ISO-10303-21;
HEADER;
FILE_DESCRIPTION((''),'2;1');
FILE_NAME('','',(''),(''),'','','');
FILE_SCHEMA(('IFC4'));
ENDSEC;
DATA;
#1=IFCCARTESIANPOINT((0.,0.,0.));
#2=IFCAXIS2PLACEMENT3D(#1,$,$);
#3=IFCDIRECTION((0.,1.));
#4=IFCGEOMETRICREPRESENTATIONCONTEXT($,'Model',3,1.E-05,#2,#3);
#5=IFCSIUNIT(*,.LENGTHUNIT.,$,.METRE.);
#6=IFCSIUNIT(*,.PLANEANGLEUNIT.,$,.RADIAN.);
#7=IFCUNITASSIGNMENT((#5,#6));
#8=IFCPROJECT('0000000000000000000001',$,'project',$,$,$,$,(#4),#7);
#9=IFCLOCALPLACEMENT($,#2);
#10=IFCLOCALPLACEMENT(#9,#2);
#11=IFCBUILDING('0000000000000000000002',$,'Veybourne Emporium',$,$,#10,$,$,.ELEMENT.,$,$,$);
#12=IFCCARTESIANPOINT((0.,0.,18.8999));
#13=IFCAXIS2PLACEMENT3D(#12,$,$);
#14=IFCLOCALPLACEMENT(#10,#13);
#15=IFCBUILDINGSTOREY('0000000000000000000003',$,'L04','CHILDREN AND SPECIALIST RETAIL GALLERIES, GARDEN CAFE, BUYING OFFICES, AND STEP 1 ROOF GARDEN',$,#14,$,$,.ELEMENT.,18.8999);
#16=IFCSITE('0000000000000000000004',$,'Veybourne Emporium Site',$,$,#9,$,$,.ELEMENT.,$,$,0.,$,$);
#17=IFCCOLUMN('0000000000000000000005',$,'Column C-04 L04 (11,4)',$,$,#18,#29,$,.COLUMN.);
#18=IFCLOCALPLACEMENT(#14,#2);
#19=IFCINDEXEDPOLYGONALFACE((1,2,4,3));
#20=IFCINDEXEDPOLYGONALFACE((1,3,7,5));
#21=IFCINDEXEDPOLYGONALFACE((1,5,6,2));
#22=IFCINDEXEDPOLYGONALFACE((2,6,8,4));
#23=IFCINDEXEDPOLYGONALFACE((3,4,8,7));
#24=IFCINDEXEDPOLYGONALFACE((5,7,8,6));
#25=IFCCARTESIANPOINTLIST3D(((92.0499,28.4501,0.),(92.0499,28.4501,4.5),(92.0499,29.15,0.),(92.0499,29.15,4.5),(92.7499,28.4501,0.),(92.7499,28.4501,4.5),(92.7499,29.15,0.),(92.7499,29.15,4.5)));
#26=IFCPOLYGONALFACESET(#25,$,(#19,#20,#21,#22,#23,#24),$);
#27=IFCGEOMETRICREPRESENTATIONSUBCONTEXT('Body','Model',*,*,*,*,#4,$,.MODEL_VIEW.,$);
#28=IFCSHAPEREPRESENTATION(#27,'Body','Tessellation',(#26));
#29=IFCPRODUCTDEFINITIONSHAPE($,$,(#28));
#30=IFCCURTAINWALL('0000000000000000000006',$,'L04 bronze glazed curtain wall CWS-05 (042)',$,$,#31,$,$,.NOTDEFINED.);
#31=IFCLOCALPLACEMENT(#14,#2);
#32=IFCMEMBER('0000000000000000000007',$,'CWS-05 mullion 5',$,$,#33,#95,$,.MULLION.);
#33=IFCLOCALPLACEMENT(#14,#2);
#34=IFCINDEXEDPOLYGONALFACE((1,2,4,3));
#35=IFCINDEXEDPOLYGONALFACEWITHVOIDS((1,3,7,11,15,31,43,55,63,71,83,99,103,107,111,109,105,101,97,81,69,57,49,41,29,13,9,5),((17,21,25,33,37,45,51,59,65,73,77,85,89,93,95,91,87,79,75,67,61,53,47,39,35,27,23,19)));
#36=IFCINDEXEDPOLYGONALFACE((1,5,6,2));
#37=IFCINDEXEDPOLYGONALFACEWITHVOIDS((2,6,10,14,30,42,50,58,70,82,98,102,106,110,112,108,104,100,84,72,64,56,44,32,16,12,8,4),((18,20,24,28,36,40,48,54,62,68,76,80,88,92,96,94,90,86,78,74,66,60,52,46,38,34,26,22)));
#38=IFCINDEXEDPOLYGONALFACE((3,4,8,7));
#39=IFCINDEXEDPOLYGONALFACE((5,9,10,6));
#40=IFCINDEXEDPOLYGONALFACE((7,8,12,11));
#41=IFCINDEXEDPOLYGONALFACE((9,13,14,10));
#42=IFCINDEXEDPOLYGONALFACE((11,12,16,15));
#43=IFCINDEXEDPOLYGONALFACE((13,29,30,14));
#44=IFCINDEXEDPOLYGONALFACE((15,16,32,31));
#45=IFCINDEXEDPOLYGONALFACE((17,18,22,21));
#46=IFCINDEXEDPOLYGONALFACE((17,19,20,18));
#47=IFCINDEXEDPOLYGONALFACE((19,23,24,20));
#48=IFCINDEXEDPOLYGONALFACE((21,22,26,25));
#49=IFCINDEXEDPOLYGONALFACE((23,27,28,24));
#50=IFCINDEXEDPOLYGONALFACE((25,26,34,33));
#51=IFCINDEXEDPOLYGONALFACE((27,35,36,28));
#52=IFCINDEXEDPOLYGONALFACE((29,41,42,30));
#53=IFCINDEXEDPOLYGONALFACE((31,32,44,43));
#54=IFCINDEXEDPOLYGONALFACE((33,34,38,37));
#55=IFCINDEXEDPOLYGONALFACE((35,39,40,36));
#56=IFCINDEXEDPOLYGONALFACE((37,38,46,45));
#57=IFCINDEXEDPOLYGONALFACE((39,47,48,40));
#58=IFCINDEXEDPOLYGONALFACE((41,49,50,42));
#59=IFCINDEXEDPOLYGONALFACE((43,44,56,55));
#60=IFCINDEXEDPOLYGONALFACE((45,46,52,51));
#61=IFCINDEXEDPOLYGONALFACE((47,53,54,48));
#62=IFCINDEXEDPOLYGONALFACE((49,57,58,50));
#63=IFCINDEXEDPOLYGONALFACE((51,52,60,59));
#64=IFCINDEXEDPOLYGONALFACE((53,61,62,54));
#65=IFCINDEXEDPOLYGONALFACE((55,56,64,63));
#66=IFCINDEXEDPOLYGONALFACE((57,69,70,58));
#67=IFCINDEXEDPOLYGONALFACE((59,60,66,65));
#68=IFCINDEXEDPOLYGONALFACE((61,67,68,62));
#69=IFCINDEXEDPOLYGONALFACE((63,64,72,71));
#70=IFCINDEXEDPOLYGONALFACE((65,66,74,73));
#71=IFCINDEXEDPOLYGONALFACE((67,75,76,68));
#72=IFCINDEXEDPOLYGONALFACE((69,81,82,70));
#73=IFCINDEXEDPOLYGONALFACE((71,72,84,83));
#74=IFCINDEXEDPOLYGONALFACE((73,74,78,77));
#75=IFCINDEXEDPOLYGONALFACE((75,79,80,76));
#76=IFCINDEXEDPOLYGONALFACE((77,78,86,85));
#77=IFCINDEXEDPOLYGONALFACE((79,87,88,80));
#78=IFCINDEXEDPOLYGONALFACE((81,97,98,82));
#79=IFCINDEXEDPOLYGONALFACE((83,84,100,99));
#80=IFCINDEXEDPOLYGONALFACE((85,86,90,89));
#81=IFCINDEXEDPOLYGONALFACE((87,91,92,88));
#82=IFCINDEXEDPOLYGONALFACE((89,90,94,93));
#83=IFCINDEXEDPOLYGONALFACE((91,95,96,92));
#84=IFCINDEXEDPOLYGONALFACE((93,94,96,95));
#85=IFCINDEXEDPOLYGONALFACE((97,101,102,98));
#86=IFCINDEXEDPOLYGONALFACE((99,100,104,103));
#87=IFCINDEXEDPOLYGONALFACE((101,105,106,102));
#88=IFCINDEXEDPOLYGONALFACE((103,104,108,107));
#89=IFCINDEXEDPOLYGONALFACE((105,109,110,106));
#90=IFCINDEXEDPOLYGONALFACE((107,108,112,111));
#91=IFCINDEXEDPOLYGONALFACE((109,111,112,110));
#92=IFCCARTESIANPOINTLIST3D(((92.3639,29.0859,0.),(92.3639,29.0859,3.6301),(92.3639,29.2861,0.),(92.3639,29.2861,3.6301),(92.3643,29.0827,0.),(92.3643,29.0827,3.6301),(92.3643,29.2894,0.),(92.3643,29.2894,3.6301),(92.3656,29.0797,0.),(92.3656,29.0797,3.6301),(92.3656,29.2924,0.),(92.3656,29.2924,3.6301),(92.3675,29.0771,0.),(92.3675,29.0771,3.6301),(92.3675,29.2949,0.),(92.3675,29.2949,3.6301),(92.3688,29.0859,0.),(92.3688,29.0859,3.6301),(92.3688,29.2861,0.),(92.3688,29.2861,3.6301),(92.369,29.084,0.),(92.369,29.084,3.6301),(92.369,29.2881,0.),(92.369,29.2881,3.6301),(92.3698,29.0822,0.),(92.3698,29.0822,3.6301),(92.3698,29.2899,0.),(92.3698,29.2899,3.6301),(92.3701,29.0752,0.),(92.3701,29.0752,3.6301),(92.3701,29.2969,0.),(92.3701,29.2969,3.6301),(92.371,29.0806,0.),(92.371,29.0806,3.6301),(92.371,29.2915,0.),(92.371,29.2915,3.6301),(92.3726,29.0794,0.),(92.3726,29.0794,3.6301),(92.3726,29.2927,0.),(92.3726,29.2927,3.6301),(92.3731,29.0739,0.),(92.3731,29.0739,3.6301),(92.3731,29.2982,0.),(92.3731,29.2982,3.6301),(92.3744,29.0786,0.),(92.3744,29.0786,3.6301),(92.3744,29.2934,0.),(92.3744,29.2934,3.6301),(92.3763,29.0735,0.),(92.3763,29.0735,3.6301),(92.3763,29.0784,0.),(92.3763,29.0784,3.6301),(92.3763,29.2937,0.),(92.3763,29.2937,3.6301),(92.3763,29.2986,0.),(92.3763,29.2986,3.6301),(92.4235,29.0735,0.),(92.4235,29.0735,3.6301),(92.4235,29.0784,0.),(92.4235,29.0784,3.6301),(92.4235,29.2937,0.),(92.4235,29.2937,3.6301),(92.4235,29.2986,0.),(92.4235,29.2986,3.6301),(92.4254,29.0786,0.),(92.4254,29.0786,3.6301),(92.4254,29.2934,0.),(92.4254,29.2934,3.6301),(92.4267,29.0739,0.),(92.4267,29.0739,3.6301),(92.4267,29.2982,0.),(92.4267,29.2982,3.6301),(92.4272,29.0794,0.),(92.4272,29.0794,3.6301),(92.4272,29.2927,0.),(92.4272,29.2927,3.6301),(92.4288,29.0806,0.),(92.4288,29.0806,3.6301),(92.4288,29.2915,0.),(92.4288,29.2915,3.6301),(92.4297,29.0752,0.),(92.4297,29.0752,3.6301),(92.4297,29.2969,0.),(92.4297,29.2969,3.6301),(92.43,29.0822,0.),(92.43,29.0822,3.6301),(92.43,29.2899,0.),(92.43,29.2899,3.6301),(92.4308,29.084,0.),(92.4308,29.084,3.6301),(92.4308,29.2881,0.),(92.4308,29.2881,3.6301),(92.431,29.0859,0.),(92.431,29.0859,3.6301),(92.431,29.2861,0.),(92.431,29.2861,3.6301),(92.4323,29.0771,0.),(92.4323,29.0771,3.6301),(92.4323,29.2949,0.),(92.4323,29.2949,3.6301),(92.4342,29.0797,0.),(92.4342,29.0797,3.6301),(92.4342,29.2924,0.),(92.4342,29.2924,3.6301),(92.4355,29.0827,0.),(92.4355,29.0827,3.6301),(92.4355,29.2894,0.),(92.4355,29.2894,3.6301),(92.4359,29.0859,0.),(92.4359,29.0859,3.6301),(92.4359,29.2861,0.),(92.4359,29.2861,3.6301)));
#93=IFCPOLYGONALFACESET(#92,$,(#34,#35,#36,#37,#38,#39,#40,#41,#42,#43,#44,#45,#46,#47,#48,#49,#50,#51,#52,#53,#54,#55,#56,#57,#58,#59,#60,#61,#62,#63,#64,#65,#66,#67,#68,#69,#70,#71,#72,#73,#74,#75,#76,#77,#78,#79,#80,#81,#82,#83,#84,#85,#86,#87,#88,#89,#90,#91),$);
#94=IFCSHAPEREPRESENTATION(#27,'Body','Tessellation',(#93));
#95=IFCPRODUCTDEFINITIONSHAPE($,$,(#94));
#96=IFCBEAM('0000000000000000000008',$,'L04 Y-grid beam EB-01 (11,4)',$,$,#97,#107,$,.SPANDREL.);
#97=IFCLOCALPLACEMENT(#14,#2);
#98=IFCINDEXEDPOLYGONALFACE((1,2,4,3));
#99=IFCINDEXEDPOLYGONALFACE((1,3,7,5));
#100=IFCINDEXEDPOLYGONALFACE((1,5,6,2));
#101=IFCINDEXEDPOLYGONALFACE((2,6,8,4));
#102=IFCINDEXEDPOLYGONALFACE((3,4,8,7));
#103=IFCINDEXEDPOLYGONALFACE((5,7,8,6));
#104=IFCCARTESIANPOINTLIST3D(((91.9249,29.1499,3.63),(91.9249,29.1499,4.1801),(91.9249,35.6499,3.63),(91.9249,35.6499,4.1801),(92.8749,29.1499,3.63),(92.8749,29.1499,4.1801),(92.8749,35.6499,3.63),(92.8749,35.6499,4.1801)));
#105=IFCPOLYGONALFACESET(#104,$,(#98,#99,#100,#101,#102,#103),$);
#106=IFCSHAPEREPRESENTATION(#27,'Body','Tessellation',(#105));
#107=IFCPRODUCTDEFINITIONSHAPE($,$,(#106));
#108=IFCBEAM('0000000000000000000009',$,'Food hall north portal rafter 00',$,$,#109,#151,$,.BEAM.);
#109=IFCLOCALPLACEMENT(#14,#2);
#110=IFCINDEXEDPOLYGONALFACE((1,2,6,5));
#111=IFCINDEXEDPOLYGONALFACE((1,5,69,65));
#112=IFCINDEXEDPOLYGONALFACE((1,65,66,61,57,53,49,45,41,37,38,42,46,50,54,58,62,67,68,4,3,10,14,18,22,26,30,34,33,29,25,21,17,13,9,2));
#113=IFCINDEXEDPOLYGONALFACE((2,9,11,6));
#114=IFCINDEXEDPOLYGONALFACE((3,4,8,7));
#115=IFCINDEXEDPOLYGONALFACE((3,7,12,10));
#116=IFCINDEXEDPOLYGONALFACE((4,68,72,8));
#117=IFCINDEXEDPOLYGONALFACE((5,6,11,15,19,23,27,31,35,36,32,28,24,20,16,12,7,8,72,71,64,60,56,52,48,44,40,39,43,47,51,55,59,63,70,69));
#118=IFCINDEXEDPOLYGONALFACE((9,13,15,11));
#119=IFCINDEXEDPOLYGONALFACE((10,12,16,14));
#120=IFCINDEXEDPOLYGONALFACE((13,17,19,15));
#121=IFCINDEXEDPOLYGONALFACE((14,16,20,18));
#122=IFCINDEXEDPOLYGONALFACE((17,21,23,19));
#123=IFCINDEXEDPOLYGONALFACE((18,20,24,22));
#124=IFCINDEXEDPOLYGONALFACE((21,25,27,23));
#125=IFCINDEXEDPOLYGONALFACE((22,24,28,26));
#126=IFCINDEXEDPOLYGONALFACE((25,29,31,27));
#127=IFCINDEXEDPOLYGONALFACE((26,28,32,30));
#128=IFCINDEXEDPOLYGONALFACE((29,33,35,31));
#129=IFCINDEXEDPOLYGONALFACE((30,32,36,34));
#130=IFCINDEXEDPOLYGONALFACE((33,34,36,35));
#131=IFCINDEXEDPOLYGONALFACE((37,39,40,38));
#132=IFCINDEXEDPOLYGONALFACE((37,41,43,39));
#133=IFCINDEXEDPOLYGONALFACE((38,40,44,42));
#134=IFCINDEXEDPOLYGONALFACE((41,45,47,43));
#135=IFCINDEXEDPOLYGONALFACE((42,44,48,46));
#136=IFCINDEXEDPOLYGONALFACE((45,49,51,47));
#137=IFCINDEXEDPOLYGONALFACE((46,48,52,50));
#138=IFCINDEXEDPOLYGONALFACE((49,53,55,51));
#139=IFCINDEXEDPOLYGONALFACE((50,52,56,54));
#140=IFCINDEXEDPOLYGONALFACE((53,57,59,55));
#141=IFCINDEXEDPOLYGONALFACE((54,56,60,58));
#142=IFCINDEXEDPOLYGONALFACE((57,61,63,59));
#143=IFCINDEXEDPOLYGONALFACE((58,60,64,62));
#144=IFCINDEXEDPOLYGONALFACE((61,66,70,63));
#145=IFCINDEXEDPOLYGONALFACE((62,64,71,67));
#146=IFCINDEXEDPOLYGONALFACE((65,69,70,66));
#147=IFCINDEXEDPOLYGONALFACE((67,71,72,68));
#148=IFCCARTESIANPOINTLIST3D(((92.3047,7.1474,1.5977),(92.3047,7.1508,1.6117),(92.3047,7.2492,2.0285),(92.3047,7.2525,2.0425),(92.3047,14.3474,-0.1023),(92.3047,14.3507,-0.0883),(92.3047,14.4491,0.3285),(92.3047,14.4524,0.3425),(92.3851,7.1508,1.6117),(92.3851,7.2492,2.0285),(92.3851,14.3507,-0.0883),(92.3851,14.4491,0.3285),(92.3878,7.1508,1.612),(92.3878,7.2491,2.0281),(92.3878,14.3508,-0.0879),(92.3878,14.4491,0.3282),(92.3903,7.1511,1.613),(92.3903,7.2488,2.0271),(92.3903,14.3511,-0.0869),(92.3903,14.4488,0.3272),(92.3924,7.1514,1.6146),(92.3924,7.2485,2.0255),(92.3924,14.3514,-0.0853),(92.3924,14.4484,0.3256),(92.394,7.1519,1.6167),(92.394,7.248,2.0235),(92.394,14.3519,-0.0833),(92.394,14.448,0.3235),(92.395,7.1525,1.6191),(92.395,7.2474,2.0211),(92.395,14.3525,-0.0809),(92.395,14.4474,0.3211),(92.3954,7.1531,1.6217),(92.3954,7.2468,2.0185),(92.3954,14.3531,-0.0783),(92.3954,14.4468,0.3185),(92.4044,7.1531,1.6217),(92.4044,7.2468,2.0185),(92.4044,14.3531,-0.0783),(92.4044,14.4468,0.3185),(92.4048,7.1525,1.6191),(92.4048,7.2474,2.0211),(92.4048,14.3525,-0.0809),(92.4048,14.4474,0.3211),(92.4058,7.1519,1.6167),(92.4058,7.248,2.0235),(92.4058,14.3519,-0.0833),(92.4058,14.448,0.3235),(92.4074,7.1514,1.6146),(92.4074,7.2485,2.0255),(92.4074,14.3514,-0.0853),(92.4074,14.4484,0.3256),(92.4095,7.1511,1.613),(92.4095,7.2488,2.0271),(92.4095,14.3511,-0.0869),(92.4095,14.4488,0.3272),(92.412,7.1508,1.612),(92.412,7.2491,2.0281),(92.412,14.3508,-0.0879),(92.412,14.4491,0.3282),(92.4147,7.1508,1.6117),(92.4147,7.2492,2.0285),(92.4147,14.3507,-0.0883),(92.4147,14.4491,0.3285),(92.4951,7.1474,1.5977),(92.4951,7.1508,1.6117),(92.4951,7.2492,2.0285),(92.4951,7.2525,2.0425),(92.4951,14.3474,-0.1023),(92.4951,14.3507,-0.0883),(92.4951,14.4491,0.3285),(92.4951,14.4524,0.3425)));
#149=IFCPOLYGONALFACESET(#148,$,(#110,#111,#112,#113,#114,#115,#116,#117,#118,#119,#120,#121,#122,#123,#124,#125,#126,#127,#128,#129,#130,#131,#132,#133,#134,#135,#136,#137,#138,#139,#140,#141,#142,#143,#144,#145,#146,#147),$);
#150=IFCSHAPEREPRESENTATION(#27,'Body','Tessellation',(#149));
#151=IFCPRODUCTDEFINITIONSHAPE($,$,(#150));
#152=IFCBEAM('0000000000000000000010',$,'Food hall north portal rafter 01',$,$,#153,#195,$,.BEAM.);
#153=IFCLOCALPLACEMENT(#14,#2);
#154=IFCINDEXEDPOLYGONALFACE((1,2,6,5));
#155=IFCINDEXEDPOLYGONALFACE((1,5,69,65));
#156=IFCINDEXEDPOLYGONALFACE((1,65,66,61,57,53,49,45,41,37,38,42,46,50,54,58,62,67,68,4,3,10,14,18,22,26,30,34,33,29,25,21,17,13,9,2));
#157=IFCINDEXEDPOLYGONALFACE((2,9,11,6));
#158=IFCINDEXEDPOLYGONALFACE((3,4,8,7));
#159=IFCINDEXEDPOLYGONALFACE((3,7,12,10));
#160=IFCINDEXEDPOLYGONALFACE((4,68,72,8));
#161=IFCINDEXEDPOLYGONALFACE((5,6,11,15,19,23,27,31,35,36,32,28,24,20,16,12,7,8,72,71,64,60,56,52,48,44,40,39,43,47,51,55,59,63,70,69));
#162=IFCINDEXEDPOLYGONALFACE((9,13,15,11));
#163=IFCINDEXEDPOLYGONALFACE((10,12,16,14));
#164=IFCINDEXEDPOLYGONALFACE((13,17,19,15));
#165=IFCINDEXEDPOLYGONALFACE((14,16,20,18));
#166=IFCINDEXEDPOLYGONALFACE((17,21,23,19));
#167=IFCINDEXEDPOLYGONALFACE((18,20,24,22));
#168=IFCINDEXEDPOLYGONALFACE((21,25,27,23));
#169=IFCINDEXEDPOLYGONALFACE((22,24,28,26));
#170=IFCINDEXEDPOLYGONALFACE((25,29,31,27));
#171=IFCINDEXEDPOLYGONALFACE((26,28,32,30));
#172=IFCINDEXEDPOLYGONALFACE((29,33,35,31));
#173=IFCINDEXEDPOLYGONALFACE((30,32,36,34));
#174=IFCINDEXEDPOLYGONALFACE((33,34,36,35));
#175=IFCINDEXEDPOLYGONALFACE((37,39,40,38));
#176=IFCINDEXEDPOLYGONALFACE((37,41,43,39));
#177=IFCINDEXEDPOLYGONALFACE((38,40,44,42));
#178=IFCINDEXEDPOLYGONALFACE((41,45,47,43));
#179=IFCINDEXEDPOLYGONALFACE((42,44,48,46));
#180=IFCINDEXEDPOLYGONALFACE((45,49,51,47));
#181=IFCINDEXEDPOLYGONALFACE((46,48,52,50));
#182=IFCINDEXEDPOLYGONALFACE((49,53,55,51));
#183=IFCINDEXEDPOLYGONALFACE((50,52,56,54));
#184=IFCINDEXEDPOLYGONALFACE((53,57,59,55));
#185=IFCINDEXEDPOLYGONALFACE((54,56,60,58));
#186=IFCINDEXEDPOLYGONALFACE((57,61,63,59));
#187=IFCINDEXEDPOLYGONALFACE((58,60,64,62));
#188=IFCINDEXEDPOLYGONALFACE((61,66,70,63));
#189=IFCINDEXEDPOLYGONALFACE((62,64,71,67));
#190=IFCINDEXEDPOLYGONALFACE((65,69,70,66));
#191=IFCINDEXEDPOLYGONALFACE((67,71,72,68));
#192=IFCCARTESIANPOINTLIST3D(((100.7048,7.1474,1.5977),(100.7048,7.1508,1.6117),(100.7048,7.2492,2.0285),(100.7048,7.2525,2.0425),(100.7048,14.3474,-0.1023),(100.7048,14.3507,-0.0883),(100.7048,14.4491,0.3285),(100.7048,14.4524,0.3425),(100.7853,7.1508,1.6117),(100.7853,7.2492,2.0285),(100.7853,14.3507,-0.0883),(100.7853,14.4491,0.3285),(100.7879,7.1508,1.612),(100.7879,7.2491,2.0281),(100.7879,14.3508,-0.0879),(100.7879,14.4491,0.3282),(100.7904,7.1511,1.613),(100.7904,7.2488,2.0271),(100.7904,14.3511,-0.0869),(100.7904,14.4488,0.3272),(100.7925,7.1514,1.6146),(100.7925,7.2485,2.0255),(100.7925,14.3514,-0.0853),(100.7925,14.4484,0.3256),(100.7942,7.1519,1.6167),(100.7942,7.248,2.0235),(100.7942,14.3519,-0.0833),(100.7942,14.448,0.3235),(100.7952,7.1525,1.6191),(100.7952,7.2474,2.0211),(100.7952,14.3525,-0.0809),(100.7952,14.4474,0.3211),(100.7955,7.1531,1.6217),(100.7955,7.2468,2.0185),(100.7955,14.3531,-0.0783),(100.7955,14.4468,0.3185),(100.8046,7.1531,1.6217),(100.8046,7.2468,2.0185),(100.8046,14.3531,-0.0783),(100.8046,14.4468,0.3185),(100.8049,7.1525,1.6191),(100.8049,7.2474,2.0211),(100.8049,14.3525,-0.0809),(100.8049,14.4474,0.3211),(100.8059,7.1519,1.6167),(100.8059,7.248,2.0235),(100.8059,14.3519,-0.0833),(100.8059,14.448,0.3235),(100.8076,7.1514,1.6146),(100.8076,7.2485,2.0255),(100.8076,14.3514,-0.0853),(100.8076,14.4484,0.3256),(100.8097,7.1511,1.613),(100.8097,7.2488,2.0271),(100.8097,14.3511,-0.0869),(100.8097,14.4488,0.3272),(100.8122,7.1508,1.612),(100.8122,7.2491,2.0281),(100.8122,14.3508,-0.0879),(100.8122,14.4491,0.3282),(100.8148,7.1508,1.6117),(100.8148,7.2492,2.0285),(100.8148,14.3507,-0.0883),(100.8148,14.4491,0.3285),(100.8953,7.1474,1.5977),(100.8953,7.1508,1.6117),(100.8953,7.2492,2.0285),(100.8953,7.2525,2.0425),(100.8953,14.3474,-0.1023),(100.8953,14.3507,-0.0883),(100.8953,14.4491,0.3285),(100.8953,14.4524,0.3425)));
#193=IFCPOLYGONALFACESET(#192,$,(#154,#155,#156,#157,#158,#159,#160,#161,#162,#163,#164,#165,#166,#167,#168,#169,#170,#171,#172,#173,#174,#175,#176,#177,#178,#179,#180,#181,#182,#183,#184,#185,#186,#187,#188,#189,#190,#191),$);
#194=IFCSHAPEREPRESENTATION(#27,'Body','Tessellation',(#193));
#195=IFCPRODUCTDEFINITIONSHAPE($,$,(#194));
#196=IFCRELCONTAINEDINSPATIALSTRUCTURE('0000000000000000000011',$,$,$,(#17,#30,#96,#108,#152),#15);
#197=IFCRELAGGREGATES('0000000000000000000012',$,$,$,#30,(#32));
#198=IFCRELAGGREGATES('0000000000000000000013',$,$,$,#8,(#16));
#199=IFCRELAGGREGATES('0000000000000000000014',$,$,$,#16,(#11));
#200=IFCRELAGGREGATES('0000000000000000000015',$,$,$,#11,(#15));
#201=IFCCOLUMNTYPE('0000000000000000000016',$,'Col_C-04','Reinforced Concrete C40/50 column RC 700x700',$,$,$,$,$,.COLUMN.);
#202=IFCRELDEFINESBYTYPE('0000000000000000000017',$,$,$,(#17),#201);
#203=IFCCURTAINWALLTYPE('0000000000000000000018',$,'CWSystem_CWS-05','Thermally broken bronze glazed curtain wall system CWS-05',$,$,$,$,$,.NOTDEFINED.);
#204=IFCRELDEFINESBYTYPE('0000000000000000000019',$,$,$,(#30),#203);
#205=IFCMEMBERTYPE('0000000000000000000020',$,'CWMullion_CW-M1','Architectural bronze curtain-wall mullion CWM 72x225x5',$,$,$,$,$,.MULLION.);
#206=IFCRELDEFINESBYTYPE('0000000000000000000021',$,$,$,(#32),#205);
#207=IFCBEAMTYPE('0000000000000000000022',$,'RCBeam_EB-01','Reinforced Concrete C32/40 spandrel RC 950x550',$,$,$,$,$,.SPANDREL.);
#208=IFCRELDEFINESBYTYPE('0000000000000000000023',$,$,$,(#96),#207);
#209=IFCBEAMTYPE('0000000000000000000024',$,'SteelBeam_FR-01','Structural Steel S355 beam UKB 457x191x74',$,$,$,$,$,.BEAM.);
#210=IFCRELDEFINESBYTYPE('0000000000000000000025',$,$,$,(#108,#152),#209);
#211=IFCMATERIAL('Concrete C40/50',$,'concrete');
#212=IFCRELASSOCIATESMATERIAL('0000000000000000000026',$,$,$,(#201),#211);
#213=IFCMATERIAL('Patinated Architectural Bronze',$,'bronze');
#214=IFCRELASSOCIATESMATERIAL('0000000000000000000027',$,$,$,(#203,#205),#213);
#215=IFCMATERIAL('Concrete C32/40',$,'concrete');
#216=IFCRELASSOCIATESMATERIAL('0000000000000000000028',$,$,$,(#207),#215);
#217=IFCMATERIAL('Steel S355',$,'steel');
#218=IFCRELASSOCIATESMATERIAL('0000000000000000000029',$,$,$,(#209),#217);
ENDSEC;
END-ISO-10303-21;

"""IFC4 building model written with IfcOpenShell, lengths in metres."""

from ifc_helpers import new_model, si_unit, direction, frame, origin, origin_2d, place, context, subcontext, project, spatial, rectangle, hollow_rectangle, i_section, extrude, material, material_profile, profile_set, type_object, element, aggregate, save


model = new_model("IFC4")

# Units and contexts
model_context = context("Model", 3, precision=1e-05, world=origin(), true_north=direction((0.0, 1.0)))
body_context = subcontext(model_context, "Body", "Model", "MODEL_VIEW")
ifc_project = project(units=[si_unit("LENGTHUNIT", "METRE"), si_unit("PLANEANGLEUNIT", "RADIAN")], contexts=[model_context])

# Site, building, storey
site_placement = place(None, origin())
site = spatial("IfcSite", under=ifc_project, at=site_placement, Name="Veybourne Emporium Site", CompositionType="ELEMENT", RefElevation=0.0)
building_placement = place(site_placement, origin())
building = spatial("IfcBuilding", under=site, at=building_placement, Name="Veybourne Emporium", CompositionType="ELEMENT")
storey_placement = place(building_placement, frame((0.0, 0.0, 18.8999)))
storey = spatial("IfcBuildingStorey", under=building, at=storey_placement, Name="L04", Description="CHILDREN AND SPECIALIST RETAIL GALLERIES, GARDEN CAFE, BUYING OFFICES, AND STEP 1 ROOF GARDEN", CompositionType="ELEMENT", Elevation=18.8999)

# Column
ifc_material_1 = material(Name="Concrete C40/50", Category="concrete")
ifc_material_profile_1 = material_profile(ifc_material_1, rectangle(XDim=0.7, YDim=0.7, at=origin_2d()), Name="RC 700x700")
ifc_profile_set_1 = profile_set([ifc_material_profile_1], Name="Concrete C40/50")
column_type = type_object("IfcColumnType", Name="Col_C-04", Description="Reinforced Concrete C40/50 column RC 700x700", PredefinedType="COLUMN", material=ifc_profile_set_1)
column_placement = place(storey_placement, frame((92.3999, 28.8, 0.0), z_axis=(0.0, 0.0, 1.0), x_axis=(1.0, 0.0, 0.0)))
element("IfcColumn", 1, at=column_placement, inside=storey, type_object=column_type, Name="Column C-04 L04 (11,4)", PredefinedType="COLUMN", context=body_context, shape_type="SweptSolid", body=[
    extrude(rectangle(XDim=0.7, YDim=0.7, at=origin_2d()), origin(), (0.0, 0.0, 1.0), 4.5),
])

# Curtain wall, member
ifc_material_2 = material(Name="Patinated Architectural Bronze", Category="bronze")
curtain_wall_type = type_object("IfcCurtainWallType", Name="CWSystem_CWS-05", Description="Thermally broken bronze glazed curtain wall system CWS-05", PredefinedType="NOTDEFINED", material=ifc_material_2)
curtain_wall_placement = place(storey_placement, origin())
curtain_wall = element("IfcCurtainWall", 2, at=curtain_wall_placement, inside=storey, type_object=curtain_wall_type, Name="L04 bronze glazed curtain wall CWS-05 (042)", PredefinedType="NOTDEFINED")
ifc_material_profile_2 = material_profile(ifc_material_2, hollow_rectangle(XDim=0.072, YDim=0.2251, WallThickness=0.0049, InnerFilletRadius=0.0076, OuterFilletRadius=0.0125, at=origin_2d()), Name="CWM 72x225x5")
ifc_profile_set_2 = profile_set([ifc_material_profile_2], Name="Patinated Architectural Bronze")
member_type_1 = type_object("IfcMemberType", Name="CWMullion_CW-M1", Description="Architectural bronze curtain-wall mullion CWM 72x225x5", PredefinedType="MULLION", material=ifc_profile_set_2)
member_placement = place(storey_placement, frame((92.3999, 29.186, 0.0), z_axis=(0.0, 0.0, 1.0), x_axis=(1.0, 0.0, 0.0)))
member = element("IfcMember", 3, at=member_placement, type_object=member_type_1, Name="CWS-05 mullion 5", PredefinedType="MULLION", context=body_context, shape_type="SweptSolid", body=[
    extrude(hollow_rectangle(XDim=0.072, YDim=0.2251, WallThickness=0.0049, InnerFilletRadius=0.0076, OuterFilletRadius=0.0125, at=origin_2d()), origin(), (0.0, 0.0, 1.0), 3.6301),
])

# Beams
ifc_material_3 = material(Name="Concrete C32/40", Category="concrete")
ifc_material_profile_3 = material_profile(ifc_material_3, rectangle(XDim=0.95, YDim=0.55, at=origin_2d()), Name="RC 950x550")
ifc_profile_set_3 = profile_set([ifc_material_profile_3], Name="Concrete C32/40")
beam_type_1 = type_object("IfcBeamType", Name="RCBeam_EB-01", Description="Reinforced Concrete C32/40 spandrel RC 950x550", PredefinedType="SPANDREL", material=ifc_profile_set_3)
beam_placement = place(storey_placement, frame((92.3999, 29.1499, 3.905), z_axis=(0.0, 1.0, 0.0), x_axis=(-1.0, 0.0, 0.0)))
element("IfcBeam", 4, at=beam_placement, inside=storey, type_object=beam_type_1, Name="L04 Y-grid beam EB-01 (11,4)", PredefinedType="SPANDREL", context=body_context, shape_type="SweptSolid", body=[
    extrude(rectangle(XDim=0.95, YDim=0.55, at=origin_2d()), origin(), (0.0, 0.0, 1.0), 6.5),
])
ifc_material_4 = material(Name="Steel S355", Category="steel")
ifc_material_profile_4 = material_profile(ifc_material_4, i_section(OverallWidth=0.1904, OverallDepth=0.457, WebThickness=0.009, FlangeThickness=0.0144, FilletRadius=0.0103, at=origin_2d()), Name="UKB 457x191x74")
ifc_profile_set_4 = profile_set([ifc_material_profile_4], Name="Steel S355")
beam_type_2 = type_object("IfcBeamType", Name="SteelBeam_FR-01", Description="Structural Steel S355 beam UKB 457x191x74", PredefinedType="BEAM", material=ifc_profile_set_4)
for number, where, z_axis, x_axis, name in (
    (5, (92.3999, 7.2, 1.8201), (0.0, 0.973241, -0.229788), (-1.0, 0.0, 0.0), "Food hall north portal rafter 00"),
    (6, (100.8, 7.2, 1.8201), (0.0, 0.973241, -0.229788), (-1.0, 0.0, 0.0), "Food hall north portal rafter 01"),
):
    element("IfcBeam", number, at=place(storey_placement, frame(where, z_axis=z_axis, x_axis=x_axis)), inside=storey, type_object=beam_type_2, Name=name, PredefinedType="BEAM", context=body_context, shape_type="SweptSolid", body=[
        extrude(i_section(OverallWidth=0.1904, OverallDepth=0.457, WebThickness=0.009, FlangeThickness=0.0144, FilletRadius=0.0103, at=origin_2d()), origin(), (0.0, 0.0, 1.0), 7.3979),
    ])

aggregate(curtain_wall, [member])

save(model, "model.ifc")
